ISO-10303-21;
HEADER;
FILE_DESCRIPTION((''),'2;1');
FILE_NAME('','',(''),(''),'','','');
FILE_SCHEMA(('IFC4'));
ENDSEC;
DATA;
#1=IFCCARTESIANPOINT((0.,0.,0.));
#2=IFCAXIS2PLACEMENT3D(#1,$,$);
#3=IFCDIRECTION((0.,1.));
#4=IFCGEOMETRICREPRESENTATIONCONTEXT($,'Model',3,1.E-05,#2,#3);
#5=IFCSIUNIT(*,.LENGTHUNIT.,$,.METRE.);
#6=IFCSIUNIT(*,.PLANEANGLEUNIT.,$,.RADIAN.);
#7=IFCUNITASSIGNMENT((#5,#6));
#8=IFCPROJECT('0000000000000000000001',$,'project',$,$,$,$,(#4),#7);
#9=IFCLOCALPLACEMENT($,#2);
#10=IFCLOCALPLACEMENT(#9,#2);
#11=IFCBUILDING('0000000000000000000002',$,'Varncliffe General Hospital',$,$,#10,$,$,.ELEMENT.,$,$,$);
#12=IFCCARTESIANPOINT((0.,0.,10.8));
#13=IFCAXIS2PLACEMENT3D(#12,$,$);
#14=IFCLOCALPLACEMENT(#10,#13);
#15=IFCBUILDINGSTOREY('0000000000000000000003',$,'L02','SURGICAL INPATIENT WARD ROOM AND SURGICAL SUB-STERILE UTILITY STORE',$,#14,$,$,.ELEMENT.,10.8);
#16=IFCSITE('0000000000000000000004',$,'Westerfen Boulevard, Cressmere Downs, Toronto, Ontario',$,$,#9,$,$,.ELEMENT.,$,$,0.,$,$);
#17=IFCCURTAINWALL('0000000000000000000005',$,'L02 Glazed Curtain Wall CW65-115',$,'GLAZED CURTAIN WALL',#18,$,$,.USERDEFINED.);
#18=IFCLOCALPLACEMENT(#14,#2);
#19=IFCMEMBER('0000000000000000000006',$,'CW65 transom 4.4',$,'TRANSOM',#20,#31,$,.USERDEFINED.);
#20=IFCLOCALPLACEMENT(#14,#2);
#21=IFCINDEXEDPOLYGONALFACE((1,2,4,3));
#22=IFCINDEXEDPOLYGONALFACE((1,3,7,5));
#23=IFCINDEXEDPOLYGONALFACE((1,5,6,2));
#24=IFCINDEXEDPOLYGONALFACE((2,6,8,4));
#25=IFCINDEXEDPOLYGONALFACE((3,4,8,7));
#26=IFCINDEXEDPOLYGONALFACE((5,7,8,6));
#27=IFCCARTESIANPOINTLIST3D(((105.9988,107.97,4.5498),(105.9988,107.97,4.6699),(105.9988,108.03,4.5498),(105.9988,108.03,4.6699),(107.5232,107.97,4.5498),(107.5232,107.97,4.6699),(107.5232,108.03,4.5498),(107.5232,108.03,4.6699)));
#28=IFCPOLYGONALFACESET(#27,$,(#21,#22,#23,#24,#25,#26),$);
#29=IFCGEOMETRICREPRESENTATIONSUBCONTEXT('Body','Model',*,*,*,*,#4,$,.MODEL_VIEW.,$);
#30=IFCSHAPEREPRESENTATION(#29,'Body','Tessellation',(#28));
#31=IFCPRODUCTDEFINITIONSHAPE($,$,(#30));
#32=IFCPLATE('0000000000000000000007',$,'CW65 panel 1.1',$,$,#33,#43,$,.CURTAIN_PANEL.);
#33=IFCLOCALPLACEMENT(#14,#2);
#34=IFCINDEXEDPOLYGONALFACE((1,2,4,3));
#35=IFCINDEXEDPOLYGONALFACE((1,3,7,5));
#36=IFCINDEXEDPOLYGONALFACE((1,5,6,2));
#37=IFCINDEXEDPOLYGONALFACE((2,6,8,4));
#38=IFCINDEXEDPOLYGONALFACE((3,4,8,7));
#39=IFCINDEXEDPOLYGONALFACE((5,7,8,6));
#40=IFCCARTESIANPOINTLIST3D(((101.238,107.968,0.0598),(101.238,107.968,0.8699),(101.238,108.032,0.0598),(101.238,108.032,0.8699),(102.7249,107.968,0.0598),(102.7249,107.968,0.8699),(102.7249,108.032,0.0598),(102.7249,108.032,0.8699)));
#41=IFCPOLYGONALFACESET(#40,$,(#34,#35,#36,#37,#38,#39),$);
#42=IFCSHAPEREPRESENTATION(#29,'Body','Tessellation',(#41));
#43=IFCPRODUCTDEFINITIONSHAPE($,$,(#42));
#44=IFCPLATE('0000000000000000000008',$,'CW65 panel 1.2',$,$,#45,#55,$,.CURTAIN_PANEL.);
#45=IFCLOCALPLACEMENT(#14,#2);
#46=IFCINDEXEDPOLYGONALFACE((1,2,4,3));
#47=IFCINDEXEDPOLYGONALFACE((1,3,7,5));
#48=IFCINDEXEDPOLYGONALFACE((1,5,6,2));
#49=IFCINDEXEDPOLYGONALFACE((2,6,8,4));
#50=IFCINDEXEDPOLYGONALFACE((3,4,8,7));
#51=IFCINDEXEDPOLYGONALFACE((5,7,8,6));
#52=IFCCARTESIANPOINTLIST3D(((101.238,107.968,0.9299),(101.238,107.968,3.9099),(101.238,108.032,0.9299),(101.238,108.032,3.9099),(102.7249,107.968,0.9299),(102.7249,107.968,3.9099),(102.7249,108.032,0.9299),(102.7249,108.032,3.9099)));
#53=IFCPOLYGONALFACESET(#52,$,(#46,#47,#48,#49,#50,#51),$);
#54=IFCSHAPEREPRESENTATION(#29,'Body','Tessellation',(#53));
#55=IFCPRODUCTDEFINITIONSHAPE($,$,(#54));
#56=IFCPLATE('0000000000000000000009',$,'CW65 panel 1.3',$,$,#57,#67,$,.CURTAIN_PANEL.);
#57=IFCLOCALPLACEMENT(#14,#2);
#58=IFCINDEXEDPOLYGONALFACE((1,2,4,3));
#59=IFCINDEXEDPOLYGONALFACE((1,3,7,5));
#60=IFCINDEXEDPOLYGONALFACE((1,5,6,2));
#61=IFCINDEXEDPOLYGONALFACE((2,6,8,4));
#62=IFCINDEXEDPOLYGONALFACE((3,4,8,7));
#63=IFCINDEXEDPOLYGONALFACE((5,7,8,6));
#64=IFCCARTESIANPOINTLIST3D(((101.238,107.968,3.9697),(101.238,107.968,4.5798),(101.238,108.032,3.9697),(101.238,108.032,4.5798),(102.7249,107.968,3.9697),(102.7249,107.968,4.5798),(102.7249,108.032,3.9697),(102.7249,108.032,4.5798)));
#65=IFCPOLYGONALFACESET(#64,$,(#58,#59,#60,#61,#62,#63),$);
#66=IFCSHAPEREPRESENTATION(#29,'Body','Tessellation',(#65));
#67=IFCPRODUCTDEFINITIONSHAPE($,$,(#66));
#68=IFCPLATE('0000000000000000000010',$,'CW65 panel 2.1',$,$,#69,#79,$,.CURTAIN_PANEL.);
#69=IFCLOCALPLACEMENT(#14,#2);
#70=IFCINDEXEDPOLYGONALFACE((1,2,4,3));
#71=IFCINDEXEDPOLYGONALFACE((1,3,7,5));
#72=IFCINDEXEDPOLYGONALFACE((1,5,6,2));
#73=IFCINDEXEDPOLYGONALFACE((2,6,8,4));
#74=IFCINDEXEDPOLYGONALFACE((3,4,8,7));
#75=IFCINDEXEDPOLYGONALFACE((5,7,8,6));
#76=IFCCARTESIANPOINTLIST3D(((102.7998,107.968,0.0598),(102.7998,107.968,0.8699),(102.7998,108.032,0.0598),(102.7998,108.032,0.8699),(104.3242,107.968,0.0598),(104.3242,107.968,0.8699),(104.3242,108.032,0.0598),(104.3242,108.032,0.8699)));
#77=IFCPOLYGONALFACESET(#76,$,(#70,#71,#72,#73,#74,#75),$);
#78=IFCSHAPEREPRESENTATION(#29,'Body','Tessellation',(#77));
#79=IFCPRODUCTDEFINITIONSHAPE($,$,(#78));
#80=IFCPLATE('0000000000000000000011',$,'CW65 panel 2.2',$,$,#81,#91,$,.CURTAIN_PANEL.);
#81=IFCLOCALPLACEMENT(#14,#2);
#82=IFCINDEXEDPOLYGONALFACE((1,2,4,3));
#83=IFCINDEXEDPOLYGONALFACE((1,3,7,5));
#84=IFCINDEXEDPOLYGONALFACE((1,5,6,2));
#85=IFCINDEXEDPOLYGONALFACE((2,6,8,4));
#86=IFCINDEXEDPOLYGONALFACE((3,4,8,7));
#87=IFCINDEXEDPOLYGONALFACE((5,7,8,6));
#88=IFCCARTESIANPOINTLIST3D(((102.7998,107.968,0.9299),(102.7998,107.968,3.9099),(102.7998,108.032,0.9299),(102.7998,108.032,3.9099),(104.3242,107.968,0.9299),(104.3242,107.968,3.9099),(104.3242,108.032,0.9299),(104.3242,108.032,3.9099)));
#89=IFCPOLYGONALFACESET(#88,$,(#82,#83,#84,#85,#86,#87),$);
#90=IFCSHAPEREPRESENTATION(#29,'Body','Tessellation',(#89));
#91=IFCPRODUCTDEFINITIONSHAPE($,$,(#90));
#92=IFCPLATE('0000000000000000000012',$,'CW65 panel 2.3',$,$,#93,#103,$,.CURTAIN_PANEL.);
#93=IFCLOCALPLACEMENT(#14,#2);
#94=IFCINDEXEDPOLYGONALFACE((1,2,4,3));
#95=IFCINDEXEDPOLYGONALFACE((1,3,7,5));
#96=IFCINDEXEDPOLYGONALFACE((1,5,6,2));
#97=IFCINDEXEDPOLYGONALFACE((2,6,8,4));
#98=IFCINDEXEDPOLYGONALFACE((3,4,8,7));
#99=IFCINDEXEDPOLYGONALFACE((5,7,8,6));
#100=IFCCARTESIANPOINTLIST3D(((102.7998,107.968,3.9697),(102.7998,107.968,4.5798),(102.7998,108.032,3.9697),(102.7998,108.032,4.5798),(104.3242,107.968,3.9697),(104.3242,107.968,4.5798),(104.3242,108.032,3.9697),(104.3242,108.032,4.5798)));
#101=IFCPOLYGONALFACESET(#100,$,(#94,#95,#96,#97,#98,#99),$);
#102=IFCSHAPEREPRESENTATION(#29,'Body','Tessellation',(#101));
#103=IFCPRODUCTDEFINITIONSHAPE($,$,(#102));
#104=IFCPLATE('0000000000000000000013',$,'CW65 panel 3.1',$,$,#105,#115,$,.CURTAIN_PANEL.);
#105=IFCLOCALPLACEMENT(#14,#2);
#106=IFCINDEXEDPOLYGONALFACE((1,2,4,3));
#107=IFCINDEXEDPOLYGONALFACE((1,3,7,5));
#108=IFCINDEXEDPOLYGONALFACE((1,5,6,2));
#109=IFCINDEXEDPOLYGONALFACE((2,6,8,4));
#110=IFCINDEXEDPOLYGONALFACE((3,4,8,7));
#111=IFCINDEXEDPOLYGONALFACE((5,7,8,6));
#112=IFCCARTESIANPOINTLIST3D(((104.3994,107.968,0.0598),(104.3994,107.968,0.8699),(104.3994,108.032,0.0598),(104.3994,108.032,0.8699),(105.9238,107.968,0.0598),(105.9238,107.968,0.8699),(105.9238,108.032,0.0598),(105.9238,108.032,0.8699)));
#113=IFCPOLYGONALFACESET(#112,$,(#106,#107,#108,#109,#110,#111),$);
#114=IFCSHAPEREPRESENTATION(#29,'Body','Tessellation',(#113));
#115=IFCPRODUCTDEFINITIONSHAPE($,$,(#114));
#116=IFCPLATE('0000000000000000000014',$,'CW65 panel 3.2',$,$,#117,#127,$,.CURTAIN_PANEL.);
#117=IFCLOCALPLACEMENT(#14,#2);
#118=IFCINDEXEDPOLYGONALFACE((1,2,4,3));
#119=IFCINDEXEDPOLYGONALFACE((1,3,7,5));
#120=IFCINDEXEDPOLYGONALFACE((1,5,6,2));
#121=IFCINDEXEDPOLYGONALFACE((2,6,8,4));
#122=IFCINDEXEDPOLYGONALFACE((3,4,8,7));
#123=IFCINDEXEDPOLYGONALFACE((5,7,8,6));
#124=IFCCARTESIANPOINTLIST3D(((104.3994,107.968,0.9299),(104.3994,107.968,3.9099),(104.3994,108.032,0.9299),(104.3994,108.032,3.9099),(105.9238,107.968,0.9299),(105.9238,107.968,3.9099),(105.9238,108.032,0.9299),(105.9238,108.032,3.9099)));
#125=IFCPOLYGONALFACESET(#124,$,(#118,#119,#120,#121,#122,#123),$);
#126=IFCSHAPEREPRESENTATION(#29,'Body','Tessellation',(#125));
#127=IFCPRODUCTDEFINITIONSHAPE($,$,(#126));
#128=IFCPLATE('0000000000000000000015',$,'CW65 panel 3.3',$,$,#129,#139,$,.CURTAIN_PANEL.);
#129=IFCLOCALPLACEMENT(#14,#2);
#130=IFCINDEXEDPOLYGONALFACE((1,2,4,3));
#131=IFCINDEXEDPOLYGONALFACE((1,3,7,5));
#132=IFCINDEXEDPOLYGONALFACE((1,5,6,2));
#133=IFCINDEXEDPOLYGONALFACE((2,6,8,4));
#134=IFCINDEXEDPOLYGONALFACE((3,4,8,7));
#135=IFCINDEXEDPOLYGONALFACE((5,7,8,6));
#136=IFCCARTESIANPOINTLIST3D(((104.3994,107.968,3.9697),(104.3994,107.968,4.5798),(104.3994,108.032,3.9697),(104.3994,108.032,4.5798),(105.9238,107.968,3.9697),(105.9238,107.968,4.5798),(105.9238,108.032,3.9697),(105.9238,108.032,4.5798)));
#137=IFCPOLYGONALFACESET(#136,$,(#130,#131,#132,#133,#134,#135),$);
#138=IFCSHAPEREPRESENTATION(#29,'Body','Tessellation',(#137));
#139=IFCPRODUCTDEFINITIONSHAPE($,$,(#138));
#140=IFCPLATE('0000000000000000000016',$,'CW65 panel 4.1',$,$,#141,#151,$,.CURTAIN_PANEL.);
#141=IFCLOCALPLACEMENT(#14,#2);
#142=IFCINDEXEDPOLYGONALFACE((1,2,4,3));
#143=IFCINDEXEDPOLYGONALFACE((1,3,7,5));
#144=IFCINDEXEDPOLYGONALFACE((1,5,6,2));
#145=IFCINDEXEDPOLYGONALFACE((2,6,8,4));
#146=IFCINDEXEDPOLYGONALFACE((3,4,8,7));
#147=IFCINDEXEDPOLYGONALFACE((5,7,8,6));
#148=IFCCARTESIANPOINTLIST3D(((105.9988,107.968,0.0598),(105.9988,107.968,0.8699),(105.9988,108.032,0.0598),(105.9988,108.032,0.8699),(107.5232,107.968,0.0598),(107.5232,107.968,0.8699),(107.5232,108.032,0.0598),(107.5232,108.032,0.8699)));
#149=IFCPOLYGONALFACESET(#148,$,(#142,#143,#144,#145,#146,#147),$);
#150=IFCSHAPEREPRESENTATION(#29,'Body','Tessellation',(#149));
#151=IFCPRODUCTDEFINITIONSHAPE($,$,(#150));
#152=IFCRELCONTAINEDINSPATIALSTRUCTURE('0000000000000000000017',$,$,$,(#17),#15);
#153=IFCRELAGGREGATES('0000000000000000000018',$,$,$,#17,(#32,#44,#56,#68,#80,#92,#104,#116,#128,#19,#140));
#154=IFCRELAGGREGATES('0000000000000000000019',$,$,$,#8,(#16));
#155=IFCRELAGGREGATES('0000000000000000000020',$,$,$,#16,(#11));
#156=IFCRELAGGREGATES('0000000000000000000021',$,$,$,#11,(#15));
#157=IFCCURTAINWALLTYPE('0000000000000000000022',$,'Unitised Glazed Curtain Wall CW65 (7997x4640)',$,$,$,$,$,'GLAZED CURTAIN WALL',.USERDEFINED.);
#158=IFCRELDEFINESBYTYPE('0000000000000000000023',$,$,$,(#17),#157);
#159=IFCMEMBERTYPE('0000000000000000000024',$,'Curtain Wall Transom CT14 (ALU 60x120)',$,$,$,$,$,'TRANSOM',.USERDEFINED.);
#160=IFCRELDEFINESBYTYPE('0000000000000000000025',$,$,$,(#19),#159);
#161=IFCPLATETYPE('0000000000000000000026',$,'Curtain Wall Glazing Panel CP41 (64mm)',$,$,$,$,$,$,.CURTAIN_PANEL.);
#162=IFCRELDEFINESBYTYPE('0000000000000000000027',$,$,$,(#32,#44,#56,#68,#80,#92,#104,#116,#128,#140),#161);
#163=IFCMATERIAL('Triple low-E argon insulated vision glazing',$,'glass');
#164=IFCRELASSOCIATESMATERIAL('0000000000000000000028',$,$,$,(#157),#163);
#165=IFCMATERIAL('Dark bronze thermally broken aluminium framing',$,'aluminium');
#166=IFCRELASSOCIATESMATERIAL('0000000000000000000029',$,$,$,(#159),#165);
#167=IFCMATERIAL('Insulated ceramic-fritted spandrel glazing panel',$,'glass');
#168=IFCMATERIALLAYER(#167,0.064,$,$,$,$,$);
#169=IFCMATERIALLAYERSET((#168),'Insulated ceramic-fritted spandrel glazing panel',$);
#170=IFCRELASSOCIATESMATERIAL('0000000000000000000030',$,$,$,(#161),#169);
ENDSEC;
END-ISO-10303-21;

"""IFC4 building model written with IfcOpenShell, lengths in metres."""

from ifc_helpers import new_model, si_unit, direction, frame, origin, origin_2d, place, context, subcontext, project, spatial, rectangle, extrude, material, layer, layer_set, material_profile, profile_set, type_object, element, aggregate, save


model = new_model("IFC4")

# Units and contexts
model_context = context("Model", 3, precision=1e-05, world=origin(), true_north=direction((0.0, 1.0)))
body_context = subcontext(model_context, "Body", "Model", "MODEL_VIEW")
ifc_project = project(units=[si_unit("LENGTHUNIT", "METRE"), si_unit("PLANEANGLEUNIT", "RADIAN")], contexts=[model_context])

# Site, building, storey
site_placement = place(None, origin())
site = spatial("IfcSite", under=ifc_project, at=site_placement, Name="Westerfen Boulevard, Cressmere Downs, Toronto, Ontario", CompositionType="ELEMENT", RefElevation=0.0)
building_placement = place(site_placement, origin())
building = spatial("IfcBuilding", under=site, at=building_placement, Name="Varncliffe General Hospital", CompositionType="ELEMENT")
storey_placement = place(building_placement, frame((0.0, 0.0, 10.8)))
storey = spatial("IfcBuildingStorey", under=building, at=storey_placement, Name="L02", Description="SURGICAL INPATIENT WARD ROOM AND SURGICAL SUB-STERILE UTILITY STORE", CompositionType="ELEMENT", Elevation=10.8)

# Curtain wall, member, plates
ifc_material_1 = material(Name="Triple low-E argon insulated vision glazing", Category="glass")
curtain_wall_type = type_object("IfcCurtainWallType", Name="Unitised Glazed Curtain Wall CW65 (7997x4640)", ElementType="GLAZED CURTAIN WALL", PredefinedType="USERDEFINED", material=ifc_material_1)
curtain_wall_placement = place(storey_placement, origin())
curtain_wall = element("IfcCurtainWall", 1, at=curtain_wall_placement, inside=storey, type_object=curtain_wall_type, Name="L02 Glazed Curtain Wall CW65-115", ObjectType="GLAZED CURTAIN WALL", PredefinedType="USERDEFINED")
ifc_material_2 = material(Name="Dark bronze thermally broken aluminium framing", Category="aluminium")
ifc_material_profile_1 = material_profile(ifc_material_2, rectangle(XDim=0.0601, YDim=0.1201, at=origin_2d()), Name="ALU 60x120")
ifc_profile_set_1 = profile_set([ifc_material_profile_1], Name="Dark bronze thermally broken aluminium framing")
member_type_1 = type_object("IfcMemberType", Name="Curtain Wall Transom CT14 (ALU 60x120)", ElementType="TRANSOM", PredefinedType="USERDEFINED", material=ifc_profile_set_1)
member_1_placement = place(storey_placement, frame((105.9988, 108.0, 4.6099), z_axis=(1.0, 0.0, 0.0), x_axis=(0.0, 1.0, 0.0)))
member_1 = element("IfcMember", 2, at=member_1_placement, type_object=member_type_1, Name="CW65 transom 4.4", ObjectType="TRANSOM", PredefinedType="USERDEFINED", context=body_context, shape_type="SweptSolid", body=[
    extrude(rectangle(XDim=0.0601, YDim=0.1201, at=origin_2d()), origin(), (0.0, 0.0, 1.0), 1.5244),
])
ifc_material_3 = material(Name="Insulated ceramic-fritted spandrel glazing panel", Category="glass")
ifc_layer = layer(ifc_material_3, 0.064)
ifc_layer_set = layer_set([ifc_layer], Name="Insulated ceramic-fritted spandrel glazing panel")
plate_type = type_object("IfcPlateType", Name="Curtain Wall Glazing Panel CP41 (64mm)", PredefinedType="CURTAIN_PANEL", material=ifc_layer_set)
plate_1_placement = place(storey_placement, frame((101.9814, 108.0, 0.0598), z_axis=(0.0, 0.0, 1.0), x_axis=(1.0, 0.0, 0.0)))
plate_1 = element("IfcPlate", 3, at=plate_1_placement, type_object=plate_type, Name="CW65 panel 1.1", PredefinedType="CURTAIN_PANEL", context=body_context, shape_type="SweptSolid", body=[
    extrude(rectangle(XDim=1.4868, YDim=0.064, at=origin_2d()), origin(), (0.0, 0.0, 1.0), 0.8101),
])
plate_2_placement = place(storey_placement, frame((101.9814, 108.0, 0.9299), z_axis=(0.0, 0.0, 1.0), x_axis=(1.0, 0.0, 0.0)))
plate_2 = element("IfcPlate", 4, at=plate_2_placement, type_object=plate_type, Name="CW65 panel 1.2", PredefinedType="CURTAIN_PANEL", context=body_context, shape_type="SweptSolid", body=[
    extrude(rectangle(XDim=1.4868, YDim=0.064, at=origin_2d()), origin(), (0.0, 0.0, 1.0), 2.98),
])
plate_3_placement = place(storey_placement, frame((101.9814, 108.0, 3.9697), z_axis=(0.0, 0.0, 1.0), x_axis=(1.0, 0.0, 0.0)))
plate_3 = element("IfcPlate", 5, at=plate_3_placement, type_object=plate_type, Name="CW65 panel 1.3", PredefinedType="CURTAIN_PANEL", context=body_context, shape_type="SweptSolid", body=[
    extrude(rectangle(XDim=1.4868, YDim=0.064, at=origin_2d()), origin(), (0.0, 0.0, 1.0), 0.6101),
])
plate_4_placement = place(storey_placement, frame((103.562, 108.0, 0.0598), z_axis=(0.0, 0.0, 1.0), x_axis=(1.0, 0.0, 0.0)))
plate_4 = element("IfcPlate", 6, at=plate_4_placement, type_object=plate_type, Name="CW65 panel 2.1", PredefinedType="CURTAIN_PANEL", context=body_context, shape_type="SweptSolid", body=[
    extrude(rectangle(XDim=1.5244, YDim=0.064, at=origin_2d()), origin(), (0.0, 0.0, 1.0), 0.8101),
])
plate_5_placement = place(storey_placement, frame((103.562, 108.0, 0.9299), z_axis=(0.0, 0.0, 1.0), x_axis=(1.0, 0.0, 0.0)))
plate_5 = element("IfcPlate", 7, at=plate_5_placement, type_object=plate_type, Name="CW65 panel 2.2", PredefinedType="CURTAIN_PANEL", context=body_context, shape_type="SweptSolid", body=[
    extrude(rectangle(XDim=1.5244, YDim=0.064, at=origin_2d()), origin(), (0.0, 0.0, 1.0), 2.98),
])
plate_6_placement = place(storey_placement, frame((103.562, 108.0, 3.9697), z_axis=(0.0, 0.0, 1.0), x_axis=(1.0, 0.0, 0.0)))
plate_6 = element("IfcPlate", 8, at=plate_6_placement, type_object=plate_type, Name="CW65 panel 2.3", PredefinedType="CURTAIN_PANEL", context=body_context, shape_type="SweptSolid", body=[
    extrude(rectangle(XDim=1.5244, YDim=0.064, at=origin_2d()), origin(), (0.0, 0.0, 1.0), 0.6101),
])
plate_7_placement = place(storey_placement, frame((105.1616, 108.0, 0.0598), z_axis=(0.0, 0.0, 1.0), x_axis=(1.0, 0.0, 0.0)))
plate_7 = element("IfcPlate", 9, at=plate_7_placement, type_object=plate_type, Name="CW65 panel 3.1", PredefinedType="CURTAIN_PANEL", context=body_context, shape_type="SweptSolid", body=[
    extrude(rectangle(XDim=1.5244, YDim=0.064, at=origin_2d()), origin(), (0.0, 0.0, 1.0), 0.8101),
])
plate_8_placement = place(storey_placement, frame((105.1616, 108.0, 0.9299), z_axis=(0.0, 0.0, 1.0), x_axis=(1.0, 0.0, 0.0)))
plate_8 = element("IfcPlate", 10, at=plate_8_placement, type_object=plate_type, Name="CW65 panel 3.2", PredefinedType="CURTAIN_PANEL", context=body_context, shape_type="SweptSolid", body=[
    extrude(rectangle(XDim=1.5244, YDim=0.064, at=origin_2d()), origin(), (0.0, 0.0, 1.0), 2.98),
])
plate_9_placement = place(storey_placement, frame((105.1616, 108.0, 3.9697), z_axis=(0.0, 0.0, 1.0), x_axis=(1.0, 0.0, 0.0)))
plate_9 = element("IfcPlate", 11, at=plate_9_placement, type_object=plate_type, Name="CW65 panel 3.3", PredefinedType="CURTAIN_PANEL", context=body_context, shape_type="SweptSolid", body=[
    extrude(rectangle(XDim=1.5244, YDim=0.064, at=origin_2d()), origin(), (0.0, 0.0, 1.0), 0.6101),
])
plate_10_placement = place(storey_placement, frame((106.761, 108.0, 0.0598), z_axis=(0.0, 0.0, 1.0), x_axis=(1.0, 0.0, 0.0)))
plate_10 = element("IfcPlate", 12, at=plate_10_placement, type_object=plate_type, Name="CW65 panel 4.1", PredefinedType="CURTAIN_PANEL", context=body_context, shape_type="SweptSolid", body=[
    extrude(rectangle(XDim=1.5244, YDim=0.064, at=origin_2d()), origin(), (0.0, 0.0, 1.0), 0.8101),
])
aggregate(curtain_wall, [plate_1, plate_2, plate_3, plate_4, plate_5, plate_6, plate_7, plate_8, plate_9, member_1, plate_10])

save(model, "model.ifc")
